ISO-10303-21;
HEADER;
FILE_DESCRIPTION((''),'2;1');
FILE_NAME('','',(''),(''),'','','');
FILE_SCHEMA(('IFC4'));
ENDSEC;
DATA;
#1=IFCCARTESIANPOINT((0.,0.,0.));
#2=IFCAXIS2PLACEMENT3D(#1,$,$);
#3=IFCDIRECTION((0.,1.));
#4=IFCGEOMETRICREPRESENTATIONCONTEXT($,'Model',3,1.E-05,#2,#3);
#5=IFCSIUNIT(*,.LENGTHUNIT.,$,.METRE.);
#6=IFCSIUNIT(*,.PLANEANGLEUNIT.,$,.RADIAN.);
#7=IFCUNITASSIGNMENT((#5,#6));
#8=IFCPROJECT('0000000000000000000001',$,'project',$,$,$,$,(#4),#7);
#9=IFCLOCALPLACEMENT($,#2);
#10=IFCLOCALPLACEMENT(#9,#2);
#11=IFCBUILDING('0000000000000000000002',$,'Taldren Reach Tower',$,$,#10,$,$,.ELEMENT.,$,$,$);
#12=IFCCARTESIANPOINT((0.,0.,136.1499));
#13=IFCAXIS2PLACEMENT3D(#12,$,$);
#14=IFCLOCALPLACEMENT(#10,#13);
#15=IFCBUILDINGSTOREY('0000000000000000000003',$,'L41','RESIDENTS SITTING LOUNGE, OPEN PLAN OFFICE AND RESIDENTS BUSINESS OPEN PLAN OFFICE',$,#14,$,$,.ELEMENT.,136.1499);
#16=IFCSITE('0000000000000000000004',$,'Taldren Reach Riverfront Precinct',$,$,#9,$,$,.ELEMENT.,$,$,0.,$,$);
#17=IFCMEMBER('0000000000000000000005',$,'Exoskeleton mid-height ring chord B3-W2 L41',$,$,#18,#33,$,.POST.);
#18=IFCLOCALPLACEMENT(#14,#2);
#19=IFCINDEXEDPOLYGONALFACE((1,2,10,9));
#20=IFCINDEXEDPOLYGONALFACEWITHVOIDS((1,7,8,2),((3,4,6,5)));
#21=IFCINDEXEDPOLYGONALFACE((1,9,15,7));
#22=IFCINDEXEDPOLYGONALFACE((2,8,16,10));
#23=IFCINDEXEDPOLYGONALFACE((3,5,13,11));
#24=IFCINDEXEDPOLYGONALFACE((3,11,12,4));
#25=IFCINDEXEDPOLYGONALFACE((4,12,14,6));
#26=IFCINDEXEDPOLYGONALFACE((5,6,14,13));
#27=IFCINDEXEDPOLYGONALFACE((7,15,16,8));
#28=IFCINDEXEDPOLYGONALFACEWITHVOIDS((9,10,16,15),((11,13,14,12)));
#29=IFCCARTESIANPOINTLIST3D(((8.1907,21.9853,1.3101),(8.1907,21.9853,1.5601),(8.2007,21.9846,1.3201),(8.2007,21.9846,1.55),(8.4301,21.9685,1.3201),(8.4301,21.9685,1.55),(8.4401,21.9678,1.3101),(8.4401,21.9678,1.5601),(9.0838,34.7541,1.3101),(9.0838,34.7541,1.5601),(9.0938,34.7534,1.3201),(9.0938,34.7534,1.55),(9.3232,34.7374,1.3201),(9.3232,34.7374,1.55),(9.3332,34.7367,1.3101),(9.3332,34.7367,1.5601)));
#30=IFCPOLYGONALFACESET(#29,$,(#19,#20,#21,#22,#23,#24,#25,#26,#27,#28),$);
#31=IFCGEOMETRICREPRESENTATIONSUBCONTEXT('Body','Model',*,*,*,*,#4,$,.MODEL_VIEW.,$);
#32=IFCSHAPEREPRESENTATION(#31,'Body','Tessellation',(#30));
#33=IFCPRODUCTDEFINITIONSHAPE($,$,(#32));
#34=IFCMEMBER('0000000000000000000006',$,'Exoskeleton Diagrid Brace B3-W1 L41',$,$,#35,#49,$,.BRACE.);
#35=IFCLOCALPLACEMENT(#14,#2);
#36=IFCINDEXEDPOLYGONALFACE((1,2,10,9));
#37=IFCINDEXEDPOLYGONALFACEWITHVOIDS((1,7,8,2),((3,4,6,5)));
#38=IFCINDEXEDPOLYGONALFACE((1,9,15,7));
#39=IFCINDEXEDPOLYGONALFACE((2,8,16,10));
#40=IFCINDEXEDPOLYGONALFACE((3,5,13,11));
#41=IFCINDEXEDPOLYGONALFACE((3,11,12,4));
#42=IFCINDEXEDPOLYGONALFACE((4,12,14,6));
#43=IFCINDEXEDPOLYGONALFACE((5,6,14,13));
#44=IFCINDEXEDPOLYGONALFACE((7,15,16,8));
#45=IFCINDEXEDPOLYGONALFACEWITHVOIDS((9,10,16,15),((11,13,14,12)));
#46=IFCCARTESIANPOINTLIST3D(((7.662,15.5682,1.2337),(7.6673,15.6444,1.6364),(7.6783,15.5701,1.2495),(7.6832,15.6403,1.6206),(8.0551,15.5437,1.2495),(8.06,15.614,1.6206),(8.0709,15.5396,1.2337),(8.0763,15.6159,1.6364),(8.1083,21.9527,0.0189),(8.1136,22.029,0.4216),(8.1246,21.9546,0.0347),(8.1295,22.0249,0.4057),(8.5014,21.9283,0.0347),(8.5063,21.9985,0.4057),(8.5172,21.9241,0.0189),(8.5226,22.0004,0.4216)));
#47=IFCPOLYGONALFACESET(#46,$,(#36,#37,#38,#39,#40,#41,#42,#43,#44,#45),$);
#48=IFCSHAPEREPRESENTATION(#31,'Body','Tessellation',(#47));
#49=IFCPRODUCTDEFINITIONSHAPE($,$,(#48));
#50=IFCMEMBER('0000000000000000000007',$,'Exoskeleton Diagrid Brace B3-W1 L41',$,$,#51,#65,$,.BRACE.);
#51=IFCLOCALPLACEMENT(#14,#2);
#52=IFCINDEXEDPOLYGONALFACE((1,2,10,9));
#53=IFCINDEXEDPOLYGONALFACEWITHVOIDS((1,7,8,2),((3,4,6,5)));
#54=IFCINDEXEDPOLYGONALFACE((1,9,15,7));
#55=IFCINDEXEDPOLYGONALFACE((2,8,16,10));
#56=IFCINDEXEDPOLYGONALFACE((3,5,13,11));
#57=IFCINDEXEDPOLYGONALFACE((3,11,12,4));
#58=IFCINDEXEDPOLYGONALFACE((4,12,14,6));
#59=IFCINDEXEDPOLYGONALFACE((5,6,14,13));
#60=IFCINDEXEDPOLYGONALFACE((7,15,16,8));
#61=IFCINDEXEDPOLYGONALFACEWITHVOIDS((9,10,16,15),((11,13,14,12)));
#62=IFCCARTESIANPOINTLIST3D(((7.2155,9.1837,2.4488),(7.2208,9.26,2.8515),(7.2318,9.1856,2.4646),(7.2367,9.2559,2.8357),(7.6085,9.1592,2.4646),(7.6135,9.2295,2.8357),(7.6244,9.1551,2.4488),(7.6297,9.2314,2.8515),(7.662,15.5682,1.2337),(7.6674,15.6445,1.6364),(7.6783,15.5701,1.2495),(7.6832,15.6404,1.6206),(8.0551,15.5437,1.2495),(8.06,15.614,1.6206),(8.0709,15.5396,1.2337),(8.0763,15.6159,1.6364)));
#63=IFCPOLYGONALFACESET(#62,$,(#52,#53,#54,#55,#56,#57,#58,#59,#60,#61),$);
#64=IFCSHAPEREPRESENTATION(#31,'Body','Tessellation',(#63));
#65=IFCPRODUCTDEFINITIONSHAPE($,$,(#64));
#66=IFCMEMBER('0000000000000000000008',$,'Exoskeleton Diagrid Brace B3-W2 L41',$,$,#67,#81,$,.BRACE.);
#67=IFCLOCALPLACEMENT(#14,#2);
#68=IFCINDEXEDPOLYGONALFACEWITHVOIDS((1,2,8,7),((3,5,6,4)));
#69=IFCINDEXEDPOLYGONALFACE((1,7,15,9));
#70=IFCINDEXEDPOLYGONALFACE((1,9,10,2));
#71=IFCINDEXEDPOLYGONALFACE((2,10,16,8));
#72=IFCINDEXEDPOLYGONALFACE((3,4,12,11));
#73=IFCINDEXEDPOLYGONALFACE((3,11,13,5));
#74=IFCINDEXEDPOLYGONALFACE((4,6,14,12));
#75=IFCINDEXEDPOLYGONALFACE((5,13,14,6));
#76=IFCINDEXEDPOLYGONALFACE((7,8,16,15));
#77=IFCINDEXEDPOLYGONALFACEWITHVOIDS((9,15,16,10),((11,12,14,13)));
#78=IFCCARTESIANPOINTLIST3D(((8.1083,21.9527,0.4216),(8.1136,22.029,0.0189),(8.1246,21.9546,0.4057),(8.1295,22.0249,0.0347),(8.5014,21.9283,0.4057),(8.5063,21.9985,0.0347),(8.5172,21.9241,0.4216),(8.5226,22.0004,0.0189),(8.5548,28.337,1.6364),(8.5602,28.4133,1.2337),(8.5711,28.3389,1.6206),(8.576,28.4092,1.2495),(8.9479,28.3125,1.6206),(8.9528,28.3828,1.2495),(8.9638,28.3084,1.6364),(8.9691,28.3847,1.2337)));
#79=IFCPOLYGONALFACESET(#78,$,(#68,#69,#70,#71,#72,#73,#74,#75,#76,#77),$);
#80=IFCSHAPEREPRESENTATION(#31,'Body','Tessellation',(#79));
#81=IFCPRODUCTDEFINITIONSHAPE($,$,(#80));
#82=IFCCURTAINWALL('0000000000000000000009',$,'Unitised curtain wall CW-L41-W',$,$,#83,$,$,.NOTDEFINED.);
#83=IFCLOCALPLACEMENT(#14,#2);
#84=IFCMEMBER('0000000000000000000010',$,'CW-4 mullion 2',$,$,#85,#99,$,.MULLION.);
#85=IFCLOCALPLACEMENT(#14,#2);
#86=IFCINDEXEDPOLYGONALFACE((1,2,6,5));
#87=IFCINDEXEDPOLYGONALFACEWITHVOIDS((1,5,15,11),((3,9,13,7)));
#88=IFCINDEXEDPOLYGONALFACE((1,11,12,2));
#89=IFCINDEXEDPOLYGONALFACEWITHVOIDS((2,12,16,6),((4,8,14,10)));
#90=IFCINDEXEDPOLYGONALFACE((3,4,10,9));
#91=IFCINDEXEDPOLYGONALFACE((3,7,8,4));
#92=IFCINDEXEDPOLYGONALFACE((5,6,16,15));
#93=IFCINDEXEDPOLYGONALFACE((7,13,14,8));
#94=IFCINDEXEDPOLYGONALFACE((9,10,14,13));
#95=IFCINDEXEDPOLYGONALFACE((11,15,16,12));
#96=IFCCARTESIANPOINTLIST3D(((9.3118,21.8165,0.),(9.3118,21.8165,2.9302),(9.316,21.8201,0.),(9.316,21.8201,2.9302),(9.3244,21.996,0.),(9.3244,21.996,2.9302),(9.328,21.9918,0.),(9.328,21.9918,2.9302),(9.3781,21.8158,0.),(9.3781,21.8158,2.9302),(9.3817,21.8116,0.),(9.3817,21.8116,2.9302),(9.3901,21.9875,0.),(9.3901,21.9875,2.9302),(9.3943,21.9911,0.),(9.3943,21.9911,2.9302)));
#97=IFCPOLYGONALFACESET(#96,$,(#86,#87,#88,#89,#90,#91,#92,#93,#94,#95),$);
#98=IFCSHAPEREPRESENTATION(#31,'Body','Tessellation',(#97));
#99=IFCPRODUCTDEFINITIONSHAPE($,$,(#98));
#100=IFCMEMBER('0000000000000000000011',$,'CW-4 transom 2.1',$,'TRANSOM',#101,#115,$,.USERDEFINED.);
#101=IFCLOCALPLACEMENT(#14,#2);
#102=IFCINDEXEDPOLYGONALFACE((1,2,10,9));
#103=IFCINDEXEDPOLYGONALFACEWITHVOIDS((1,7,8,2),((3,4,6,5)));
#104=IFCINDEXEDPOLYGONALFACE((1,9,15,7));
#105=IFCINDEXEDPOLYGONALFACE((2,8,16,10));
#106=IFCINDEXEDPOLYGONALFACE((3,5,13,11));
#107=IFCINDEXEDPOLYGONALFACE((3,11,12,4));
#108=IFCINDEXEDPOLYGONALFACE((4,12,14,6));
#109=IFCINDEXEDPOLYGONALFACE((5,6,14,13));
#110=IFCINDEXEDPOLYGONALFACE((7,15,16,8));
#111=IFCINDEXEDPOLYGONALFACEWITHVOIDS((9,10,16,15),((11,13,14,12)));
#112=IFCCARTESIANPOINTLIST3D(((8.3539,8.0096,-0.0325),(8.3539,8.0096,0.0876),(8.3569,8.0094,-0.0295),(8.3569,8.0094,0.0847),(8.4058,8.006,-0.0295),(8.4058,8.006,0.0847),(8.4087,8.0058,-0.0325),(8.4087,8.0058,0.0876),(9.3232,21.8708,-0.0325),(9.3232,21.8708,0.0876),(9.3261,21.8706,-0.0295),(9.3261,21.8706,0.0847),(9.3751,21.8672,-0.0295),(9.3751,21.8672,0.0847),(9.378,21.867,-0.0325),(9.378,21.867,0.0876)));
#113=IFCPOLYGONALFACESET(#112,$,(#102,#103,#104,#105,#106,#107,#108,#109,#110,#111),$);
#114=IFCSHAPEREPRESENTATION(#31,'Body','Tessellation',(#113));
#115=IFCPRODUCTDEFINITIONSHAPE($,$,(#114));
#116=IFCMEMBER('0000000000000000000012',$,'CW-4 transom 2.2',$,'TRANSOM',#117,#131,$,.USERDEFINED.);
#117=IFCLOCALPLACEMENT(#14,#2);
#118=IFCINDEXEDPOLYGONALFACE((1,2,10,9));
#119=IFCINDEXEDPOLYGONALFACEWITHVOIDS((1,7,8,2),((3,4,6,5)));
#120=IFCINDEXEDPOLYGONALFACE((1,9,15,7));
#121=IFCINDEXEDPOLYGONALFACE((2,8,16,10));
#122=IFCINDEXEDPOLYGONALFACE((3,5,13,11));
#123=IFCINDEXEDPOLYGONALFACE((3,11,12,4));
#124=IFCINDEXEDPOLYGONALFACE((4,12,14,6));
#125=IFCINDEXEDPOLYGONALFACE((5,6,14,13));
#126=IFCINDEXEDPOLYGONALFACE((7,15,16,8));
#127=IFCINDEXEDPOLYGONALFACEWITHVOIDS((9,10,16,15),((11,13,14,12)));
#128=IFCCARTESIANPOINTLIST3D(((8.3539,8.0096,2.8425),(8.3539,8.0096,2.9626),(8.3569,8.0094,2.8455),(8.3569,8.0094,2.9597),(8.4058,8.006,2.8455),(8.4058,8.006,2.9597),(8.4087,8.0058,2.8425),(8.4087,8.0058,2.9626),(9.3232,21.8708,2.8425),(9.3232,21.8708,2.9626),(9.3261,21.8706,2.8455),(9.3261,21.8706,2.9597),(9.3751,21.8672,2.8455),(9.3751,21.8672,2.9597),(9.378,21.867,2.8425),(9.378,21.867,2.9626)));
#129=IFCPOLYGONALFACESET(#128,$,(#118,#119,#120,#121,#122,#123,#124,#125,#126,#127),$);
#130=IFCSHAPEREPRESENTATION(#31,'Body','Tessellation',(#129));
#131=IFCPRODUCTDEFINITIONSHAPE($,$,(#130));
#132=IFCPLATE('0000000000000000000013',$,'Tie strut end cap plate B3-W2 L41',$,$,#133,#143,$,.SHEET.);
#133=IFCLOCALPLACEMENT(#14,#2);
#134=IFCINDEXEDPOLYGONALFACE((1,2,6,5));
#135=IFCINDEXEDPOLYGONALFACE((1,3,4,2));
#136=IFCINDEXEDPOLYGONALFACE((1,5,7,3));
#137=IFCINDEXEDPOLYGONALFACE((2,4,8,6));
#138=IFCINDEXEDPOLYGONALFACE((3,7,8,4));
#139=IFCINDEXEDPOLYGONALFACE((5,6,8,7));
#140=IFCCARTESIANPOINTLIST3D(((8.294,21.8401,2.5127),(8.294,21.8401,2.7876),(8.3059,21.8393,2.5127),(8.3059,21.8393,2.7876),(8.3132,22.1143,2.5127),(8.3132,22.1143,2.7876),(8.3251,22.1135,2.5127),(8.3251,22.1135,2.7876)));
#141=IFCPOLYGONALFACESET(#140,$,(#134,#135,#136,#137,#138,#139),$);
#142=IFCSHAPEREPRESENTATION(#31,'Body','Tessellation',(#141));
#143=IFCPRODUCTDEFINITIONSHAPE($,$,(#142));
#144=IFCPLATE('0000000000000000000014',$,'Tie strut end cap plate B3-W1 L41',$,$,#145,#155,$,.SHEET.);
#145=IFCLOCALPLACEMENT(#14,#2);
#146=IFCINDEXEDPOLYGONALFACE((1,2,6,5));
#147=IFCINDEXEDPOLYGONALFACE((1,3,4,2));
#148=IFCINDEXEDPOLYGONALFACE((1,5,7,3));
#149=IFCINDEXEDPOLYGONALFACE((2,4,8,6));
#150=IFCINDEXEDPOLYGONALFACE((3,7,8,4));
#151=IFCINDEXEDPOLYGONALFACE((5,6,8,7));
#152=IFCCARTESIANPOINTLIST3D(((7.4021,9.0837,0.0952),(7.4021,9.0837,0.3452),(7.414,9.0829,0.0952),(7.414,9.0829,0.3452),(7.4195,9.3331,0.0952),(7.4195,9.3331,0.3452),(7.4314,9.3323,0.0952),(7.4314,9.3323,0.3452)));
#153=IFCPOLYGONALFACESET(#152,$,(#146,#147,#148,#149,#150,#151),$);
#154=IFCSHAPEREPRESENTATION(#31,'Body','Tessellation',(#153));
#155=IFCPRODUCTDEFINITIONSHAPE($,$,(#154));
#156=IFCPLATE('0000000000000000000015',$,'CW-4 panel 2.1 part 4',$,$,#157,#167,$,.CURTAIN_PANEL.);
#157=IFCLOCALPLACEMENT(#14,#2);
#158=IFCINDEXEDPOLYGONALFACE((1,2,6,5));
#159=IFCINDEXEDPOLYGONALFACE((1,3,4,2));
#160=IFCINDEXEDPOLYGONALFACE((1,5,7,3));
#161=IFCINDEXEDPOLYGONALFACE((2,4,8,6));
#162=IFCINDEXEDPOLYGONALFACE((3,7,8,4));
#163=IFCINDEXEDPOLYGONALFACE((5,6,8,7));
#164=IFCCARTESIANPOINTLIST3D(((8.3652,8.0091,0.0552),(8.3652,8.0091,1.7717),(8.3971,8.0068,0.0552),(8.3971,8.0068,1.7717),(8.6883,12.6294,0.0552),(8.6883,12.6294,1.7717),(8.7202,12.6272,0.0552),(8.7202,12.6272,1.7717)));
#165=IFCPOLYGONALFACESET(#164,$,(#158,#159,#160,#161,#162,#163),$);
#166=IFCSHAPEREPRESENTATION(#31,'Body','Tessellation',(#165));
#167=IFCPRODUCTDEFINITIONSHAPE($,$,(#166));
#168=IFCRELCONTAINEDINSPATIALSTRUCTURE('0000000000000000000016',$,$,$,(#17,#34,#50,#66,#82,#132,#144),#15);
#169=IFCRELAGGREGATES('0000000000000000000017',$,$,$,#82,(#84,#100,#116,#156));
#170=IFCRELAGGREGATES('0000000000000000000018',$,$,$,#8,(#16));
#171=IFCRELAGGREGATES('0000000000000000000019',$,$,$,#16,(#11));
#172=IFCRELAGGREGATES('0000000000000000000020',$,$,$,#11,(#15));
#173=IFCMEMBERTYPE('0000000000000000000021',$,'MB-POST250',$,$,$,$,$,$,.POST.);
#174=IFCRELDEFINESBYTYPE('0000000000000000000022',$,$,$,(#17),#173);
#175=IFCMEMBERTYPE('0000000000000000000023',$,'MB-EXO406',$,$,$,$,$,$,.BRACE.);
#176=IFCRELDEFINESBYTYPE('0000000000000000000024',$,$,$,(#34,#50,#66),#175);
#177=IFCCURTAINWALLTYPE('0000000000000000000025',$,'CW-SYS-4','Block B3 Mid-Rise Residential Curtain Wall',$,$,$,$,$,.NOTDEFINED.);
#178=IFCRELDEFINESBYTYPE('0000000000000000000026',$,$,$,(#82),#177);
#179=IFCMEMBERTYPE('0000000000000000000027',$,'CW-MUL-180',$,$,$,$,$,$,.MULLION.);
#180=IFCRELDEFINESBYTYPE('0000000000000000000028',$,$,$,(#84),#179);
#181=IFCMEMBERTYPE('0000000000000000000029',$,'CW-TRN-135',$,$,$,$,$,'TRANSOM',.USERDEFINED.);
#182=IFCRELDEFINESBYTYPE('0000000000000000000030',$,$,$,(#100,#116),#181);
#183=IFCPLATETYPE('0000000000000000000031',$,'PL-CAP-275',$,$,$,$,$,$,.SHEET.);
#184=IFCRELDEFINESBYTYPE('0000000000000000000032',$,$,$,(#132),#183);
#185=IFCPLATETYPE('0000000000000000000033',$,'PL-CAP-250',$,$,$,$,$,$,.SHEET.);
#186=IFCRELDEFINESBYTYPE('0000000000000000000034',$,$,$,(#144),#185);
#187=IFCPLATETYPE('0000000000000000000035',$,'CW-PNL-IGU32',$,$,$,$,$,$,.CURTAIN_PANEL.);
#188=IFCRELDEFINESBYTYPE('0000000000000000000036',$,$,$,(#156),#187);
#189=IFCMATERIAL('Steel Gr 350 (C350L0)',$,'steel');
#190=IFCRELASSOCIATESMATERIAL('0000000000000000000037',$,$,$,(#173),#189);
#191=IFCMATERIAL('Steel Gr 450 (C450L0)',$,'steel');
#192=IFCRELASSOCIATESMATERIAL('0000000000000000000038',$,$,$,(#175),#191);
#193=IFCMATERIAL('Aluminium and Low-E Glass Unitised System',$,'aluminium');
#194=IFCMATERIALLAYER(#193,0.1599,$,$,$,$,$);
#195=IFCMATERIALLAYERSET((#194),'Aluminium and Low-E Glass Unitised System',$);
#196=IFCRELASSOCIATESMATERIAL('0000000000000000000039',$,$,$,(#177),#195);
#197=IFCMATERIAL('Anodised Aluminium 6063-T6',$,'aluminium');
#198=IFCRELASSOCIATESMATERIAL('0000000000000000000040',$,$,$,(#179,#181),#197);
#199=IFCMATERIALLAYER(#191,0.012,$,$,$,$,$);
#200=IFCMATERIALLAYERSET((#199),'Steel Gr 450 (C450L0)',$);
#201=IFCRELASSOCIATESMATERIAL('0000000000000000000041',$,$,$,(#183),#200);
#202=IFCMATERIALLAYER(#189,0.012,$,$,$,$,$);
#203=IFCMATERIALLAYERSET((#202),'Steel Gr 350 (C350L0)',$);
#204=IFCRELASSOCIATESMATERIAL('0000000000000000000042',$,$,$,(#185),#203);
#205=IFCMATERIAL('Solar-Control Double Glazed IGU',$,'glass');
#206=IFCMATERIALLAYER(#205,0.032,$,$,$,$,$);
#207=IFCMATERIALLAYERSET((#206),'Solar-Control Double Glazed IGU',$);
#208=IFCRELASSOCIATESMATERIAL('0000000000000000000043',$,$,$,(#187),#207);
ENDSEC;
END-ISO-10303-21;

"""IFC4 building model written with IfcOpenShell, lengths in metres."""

from ifc_helpers import new_model, si_unit, direction, frame, origin, origin_2d, place, context, subcontext, project, spatial, rectangle, hollow_rectangle, extrude, source, transform, mapped, material, layer, layer_set, material_profile, profile_set, type_object, element, aggregate, save


model = new_model("IFC4")

# Units and contexts
model_context = context("Model", 3, precision=1e-05, world=origin(), true_north=direction((0.0, 1.0)))
body_context = subcontext(model_context, "Body", "Model", "MODEL_VIEW")
ifc_project = project(units=[si_unit("LENGTHUNIT", "METRE"), si_unit("PLANEANGLEUNIT", "RADIAN")], contexts=[model_context])

# Site, building, storey
site_placement = place(None, origin())
site = spatial("IfcSite", under=ifc_project, at=site_placement, Name="Taldren Reach Riverfront Precinct", CompositionType="ELEMENT", RefElevation=0.0)
building_placement = place(site_placement, origin())
building = spatial("IfcBuilding", under=site, at=building_placement, Name="Taldren Reach Tower", CompositionType="ELEMENT")
storey_placement = place(building_placement, frame((0.0, 0.0, 136.1499)))
storey = spatial("IfcBuildingStorey", under=building, at=storey_placement, Name="L41", Description="RESIDENTS SITTING LOUNGE, OPEN PLAN OFFICE AND RESIDENTS BUSINESS OPEN PLAN OFFICE", CompositionType="ELEMENT", Elevation=136.1499)

# Shared definitions
ifc_material_1 = material(Name="Steel Gr 350 (C350L0)", Category="steel")
ifc_material_profile_1 = material_profile(ifc_material_1, hollow_rectangle(XDim=0.25, YDim=0.25, WallThickness=0.01, at=origin_2d()), Name="250x250x10.0SHS")
ifc_profile_set_1 = profile_set([ifc_material_profile_1], Name="Steel Gr 350 (C350L0)")
member_type_1 = type_object("IfcMemberType", Name="MB-POST250", PredefinedType="POST", material=ifc_profile_set_1)
ifc_material_2 = material(Name="Steel Gr 450 (C450L0)", Category="steel")

# Members
shared_shape_1 = source(origin(), body_context, "Body", "SweptSolid", [
    extrude(hollow_rectangle(XDim=0.25, YDim=0.25, WallThickness=0.01, at=origin_2d()), origin(), (0.0, 0.0, 1.0), 12.8),
])
member_1_placement = place(storey_placement, frame((8.3154, 21.9766, 1.4351), z_axis=(0.069771, 0.997563, 0.0), x_axis=(-0.997563, 0.069771, 0.0)))
element("IfcMember", 1, at=member_1_placement, inside=storey, type_object=member_type_1, Name="Exoskeleton mid-height ring chord B3-W2 L41", PredefinedType="POST", context=body_context, shape_type="MappedRepresentation", body=[
    mapped(shared_shape_1, transform((0.0, 0.0, 0.0), scale=1.0)),
])
ifc_material_profile_2 = material_profile(ifc_material_2, hollow_rectangle(XDim=0.4099, YDim=0.4099, WallThickness=0.0161, at=origin_2d()), Name="410x410x16.0SHS")
ifc_profile_set_2 = profile_set([ifc_material_profile_2], Name="Steel Gr 450 (C450L0)")
member_type_2 = type_object("IfcMemberType", Name="MB-EXO406", PredefinedType="BRACE", material=ifc_profile_set_2)
shared_shape_2 = source(origin(), body_context, "Body", "SweptSolid", [
    extrude(hollow_rectangle(XDim=0.4099, YDim=0.4099, WallThickness=0.0161, at=origin_2d()), origin(), (0.0, 0.0, 1.0), 6.5144),
])
for number, where, z_axis, x_axis, name in (
    (2, (8.3154, 21.9766, 0.2202), (-0.068508, -0.980066, 0.186487), (0.997566, -0.069732, 0.0), "Exoskeleton Diagrid Brace B3-W1 L41"),
    (3, (7.8691, 15.592, 1.4351), (-0.068545, -0.980057, 0.186522), (0.997563, -0.06977, 0.0), "Exoskeleton Diagrid Brace B3-W1 L41"),
):
    element("IfcMember", number, at=place(storey_placement, frame(where, z_axis=z_axis, x_axis=x_axis)), inside=storey, type_object=member_type_2, Name=name, PredefinedType="BRACE", context=body_context, shape_type="MappedRepresentation", body=[
        mapped(shared_shape_2, transform((0.0, 0.0, 0.0), scale=1.0)),
    ])
shared_shape_3 = source(origin(), body_context, "Body", "SweptSolid", [
    extrude(hollow_rectangle(XDim=0.4099, YDim=0.4099, WallThickness=0.0161, at=origin_2d()), origin(), (0.0, 0.0, 1.0), 6.5142),
])
member_2_placement = place(storey_placement, frame((8.3154, 21.9766, 0.2202), z_axis=(0.068548, 0.980062, 0.186493), x_axis=(-0.997563, 0.069772, 0.0)))
element("IfcMember", 4, at=member_2_placement, inside=storey, type_object=member_type_2, Name="Exoskeleton Diagrid Brace B3-W2 L41", PredefinedType="BRACE", context=body_context, shape_type="MappedRepresentation", body=[
    mapped(shared_shape_3, transform((0.0, 0.0, 0.0), scale=1.0)),
])

# Curtain wall, members
ifc_material_3 = material(Name="Aluminium and Low-E Glass Unitised System", Category="aluminium")
ifc_layer_1 = layer(ifc_material_3, 0.1599)
ifc_layer_set_1 = layer_set([ifc_layer_1], Name="Aluminium and Low-E Glass Unitised System")
curtain_wall_type = type_object("IfcCurtainWallType", Name="CW-SYS-4", Description="Block B3 Mid-Rise Residential Curtain Wall", PredefinedType="NOTDEFINED", material=ifc_layer_set_1)
curtain_wall_placement = place(storey_placement, origin())
curtain_wall = element("IfcCurtainWall", 5, at=curtain_wall_placement, inside=storey, type_object=curtain_wall_type, Name="Unitised curtain wall CW-L41-W", PredefinedType="NOTDEFINED")
ifc_material_4 = material(Name="Anodised Aluminium 6063-T6", Category="aluminium")
ifc_material_profile_3 = material_profile(ifc_material_4, hollow_rectangle(XDim=0.0701, YDim=0.1799, WallThickness=0.0039, at=origin_2d()), Name="ALU-180x70x4RHS")
ifc_profile_set_3 = profile_set([ifc_material_profile_3], Name="Anodised Aluminium 6063-T6")
member_type_3 = type_object("IfcMemberType", Name="CW-MUL-180", PredefinedType="MULLION", material=ifc_profile_set_3)
shared_shape_4 = source(origin(), body_context, "Body", "SweptSolid", [
    extrude(hollow_rectangle(XDim=0.0701, YDim=0.1799, WallThickness=0.0039, at=origin_2d()), origin(), (0.0, 0.0, 1.0), 2.9302),
])
member_3_placement = place(storey_placement, frame((9.353, 21.9038, 0.0), z_axis=(0.0, 0.0, 1.0), x_axis=(0.997564, -0.069756, 0.0)))
member_3 = element("IfcMember", 6, at=member_3_placement, type_object=member_type_3, Name="CW-4 mullion 2", PredefinedType="MULLION", context=body_context, shape_type="MappedRepresentation", body=[
    mapped(shared_shape_4, transform((0.0, 0.0, 0.0), scale=1.0)),
])
ifc_material_profile_4 = material_profile(ifc_material_4, hollow_rectangle(XDim=0.0549, YDim=0.1201, WallThickness=0.0029, at=origin_2d()), Name="ALU-120x55x3RHS")
ifc_profile_set_4 = profile_set([ifc_material_profile_4], Name="Anodised Aluminium 6063-T6")
member_type_4 = type_object("IfcMemberType", Name="CW-TRN-135", ElementType="TRANSOM", PredefinedType="USERDEFINED", material=ifc_profile_set_4)
shared_shape_5 = source(origin(), body_context, "Body", "SweptSolid", [
    extrude(hollow_rectangle(XDim=0.0549, YDim=0.1201, WallThickness=0.0029, at=origin_2d()), origin(), (0.0, 0.0, 1.0), 13.895),
])
member_4_placement = place(storey_placement, frame((9.3506, 21.8689, 0.0276), z_axis=(-0.069755, -0.997564, 0.0), x_axis=(0.997564, -0.069755, 0.0)))
member_4 = element("IfcMember", 7, at=member_4_placement, type_object=member_type_4, Name="CW-4 transom 2.1", ObjectType="TRANSOM", PredefinedType="USERDEFINED", context=body_context, shape_type="MappedRepresentation", body=[
    mapped(shared_shape_5, transform((0.0, 0.0, 0.0), scale=1.0)),
])
member_5_placement = place(storey_placement, frame((9.3506, 21.8689, 2.9026), z_axis=(-0.069755, -0.997564, 0.0), x_axis=(0.997564, -0.069755, 0.0)))
member_5 = element("IfcMember", 8, at=member_5_placement, type_object=member_type_4, Name="CW-4 transom 2.2", ObjectType="TRANSOM", PredefinedType="USERDEFINED", context=body_context, shape_type="MappedRepresentation", body=[
    mapped(shared_shape_5, transform((0.0, 0.0, 0.0), scale=1.0)),
])

# Plates
ifc_layer_2 = layer(ifc_material_2, 0.012)
ifc_layer_set_2 = layer_set([ifc_layer_2], Name="Steel Gr 450 (C450L0)")
plate_type_1 = type_object("IfcPlateType", Name="PL-CAP-275", PredefinedType="SHEET", material=ifc_layer_set_2)
shared_shape_6 = source(origin(), body_context, "Body", "SweptSolid", [
    extrude(rectangle(XDim=0.012, YDim=0.2749, at=origin_2d()), origin(), (0.0, 0.0, 1.0), 0.2749),
])
plate_1_placement = place(storey_placement, frame((8.3096, 21.9768, 2.5127), z_axis=(0.0, 0.0, 1.0), x_axis=(0.997564, -0.069756, 0.0)))
element("IfcPlate", 9, at=plate_1_placement, inside=storey, type_object=plate_type_1, Name="Tie strut end cap plate B3-W2 L41", PredefinedType="SHEET", context=body_context, shape_type="MappedRepresentation", body=[
    mapped(shared_shape_6, transform((0.0, 0.0, 0.0), scale=1.0)),
])
ifc_layer_3 = layer(ifc_material_1, 0.012)
ifc_layer_set_3 = layer_set([ifc_layer_3], Name="Steel Gr 350 (C350L0)")
plate_type_2 = type_object("IfcPlateType", Name="PL-CAP-250", PredefinedType="SHEET", material=ifc_layer_set_3)
shared_shape_7 = source(origin(), body_context, "Body", "SweptSolid", [
    extrude(rectangle(XDim=0.012, YDim=0.25, at=origin_2d()), origin(), (0.0, 0.0, 1.0), 0.25),
])
plate_2_placement = place(storey_placement, frame((7.4167, 9.208, 0.0952), z_axis=(0.0, 0.0, 1.0), x_axis=(0.997564, -0.069756, 0.0)))
element("IfcPlate", 10, at=plate_2_placement, inside=storey, type_object=plate_type_2, Name="Tie strut end cap plate B3-W1 L41", PredefinedType="SHEET", context=body_context, shape_type="MappedRepresentation", body=[
    mapped(shared_shape_7, transform((0.0, 0.0, 0.0), scale=1.0)),
])

# Plate
ifc_material_5 = material(Name="Solar-Control Double Glazed IGU", Category="glass")
ifc_layer_4 = layer(ifc_material_5, 0.032)
ifc_layer_set_4 = layer_set([ifc_layer_4], Name="Solar-Control Double Glazed IGU")
plate_type_3 = type_object("IfcPlateType", Name="CW-PNL-IGU32", PredefinedType="CURTAIN_PANEL", material=ifc_layer_set_4)
shared_shape_8 = source(origin(), body_context, "Body", "SweptSolid", [
    extrude(rectangle(XDim=4.6316, YDim=0.032, at=origin_2d()), origin(), (0.0, 0.0, 1.0), 1.7166),
])
plate_3_placement = place(storey_placement, frame((8.5427, 10.3181, 0.0552), z_axis=(0.0, 0.0, 1.0), x_axis=(-0.069756, -0.997564, 0.0)))
plate_3 = element("IfcPlate", 11, at=plate_3_placement, type_object=plate_type_3, Name="CW-4 panel 2.1 part 4", PredefinedType="CURTAIN_PANEL", context=body_context, shape_type="MappedRepresentation", body=[
    mapped(shared_shape_8, transform((0.0, 0.0, 0.0), scale=1.0)),
])
aggregate(curtain_wall, [member_3, member_4, member_5, plate_3])

save(model, "model.ifc")
